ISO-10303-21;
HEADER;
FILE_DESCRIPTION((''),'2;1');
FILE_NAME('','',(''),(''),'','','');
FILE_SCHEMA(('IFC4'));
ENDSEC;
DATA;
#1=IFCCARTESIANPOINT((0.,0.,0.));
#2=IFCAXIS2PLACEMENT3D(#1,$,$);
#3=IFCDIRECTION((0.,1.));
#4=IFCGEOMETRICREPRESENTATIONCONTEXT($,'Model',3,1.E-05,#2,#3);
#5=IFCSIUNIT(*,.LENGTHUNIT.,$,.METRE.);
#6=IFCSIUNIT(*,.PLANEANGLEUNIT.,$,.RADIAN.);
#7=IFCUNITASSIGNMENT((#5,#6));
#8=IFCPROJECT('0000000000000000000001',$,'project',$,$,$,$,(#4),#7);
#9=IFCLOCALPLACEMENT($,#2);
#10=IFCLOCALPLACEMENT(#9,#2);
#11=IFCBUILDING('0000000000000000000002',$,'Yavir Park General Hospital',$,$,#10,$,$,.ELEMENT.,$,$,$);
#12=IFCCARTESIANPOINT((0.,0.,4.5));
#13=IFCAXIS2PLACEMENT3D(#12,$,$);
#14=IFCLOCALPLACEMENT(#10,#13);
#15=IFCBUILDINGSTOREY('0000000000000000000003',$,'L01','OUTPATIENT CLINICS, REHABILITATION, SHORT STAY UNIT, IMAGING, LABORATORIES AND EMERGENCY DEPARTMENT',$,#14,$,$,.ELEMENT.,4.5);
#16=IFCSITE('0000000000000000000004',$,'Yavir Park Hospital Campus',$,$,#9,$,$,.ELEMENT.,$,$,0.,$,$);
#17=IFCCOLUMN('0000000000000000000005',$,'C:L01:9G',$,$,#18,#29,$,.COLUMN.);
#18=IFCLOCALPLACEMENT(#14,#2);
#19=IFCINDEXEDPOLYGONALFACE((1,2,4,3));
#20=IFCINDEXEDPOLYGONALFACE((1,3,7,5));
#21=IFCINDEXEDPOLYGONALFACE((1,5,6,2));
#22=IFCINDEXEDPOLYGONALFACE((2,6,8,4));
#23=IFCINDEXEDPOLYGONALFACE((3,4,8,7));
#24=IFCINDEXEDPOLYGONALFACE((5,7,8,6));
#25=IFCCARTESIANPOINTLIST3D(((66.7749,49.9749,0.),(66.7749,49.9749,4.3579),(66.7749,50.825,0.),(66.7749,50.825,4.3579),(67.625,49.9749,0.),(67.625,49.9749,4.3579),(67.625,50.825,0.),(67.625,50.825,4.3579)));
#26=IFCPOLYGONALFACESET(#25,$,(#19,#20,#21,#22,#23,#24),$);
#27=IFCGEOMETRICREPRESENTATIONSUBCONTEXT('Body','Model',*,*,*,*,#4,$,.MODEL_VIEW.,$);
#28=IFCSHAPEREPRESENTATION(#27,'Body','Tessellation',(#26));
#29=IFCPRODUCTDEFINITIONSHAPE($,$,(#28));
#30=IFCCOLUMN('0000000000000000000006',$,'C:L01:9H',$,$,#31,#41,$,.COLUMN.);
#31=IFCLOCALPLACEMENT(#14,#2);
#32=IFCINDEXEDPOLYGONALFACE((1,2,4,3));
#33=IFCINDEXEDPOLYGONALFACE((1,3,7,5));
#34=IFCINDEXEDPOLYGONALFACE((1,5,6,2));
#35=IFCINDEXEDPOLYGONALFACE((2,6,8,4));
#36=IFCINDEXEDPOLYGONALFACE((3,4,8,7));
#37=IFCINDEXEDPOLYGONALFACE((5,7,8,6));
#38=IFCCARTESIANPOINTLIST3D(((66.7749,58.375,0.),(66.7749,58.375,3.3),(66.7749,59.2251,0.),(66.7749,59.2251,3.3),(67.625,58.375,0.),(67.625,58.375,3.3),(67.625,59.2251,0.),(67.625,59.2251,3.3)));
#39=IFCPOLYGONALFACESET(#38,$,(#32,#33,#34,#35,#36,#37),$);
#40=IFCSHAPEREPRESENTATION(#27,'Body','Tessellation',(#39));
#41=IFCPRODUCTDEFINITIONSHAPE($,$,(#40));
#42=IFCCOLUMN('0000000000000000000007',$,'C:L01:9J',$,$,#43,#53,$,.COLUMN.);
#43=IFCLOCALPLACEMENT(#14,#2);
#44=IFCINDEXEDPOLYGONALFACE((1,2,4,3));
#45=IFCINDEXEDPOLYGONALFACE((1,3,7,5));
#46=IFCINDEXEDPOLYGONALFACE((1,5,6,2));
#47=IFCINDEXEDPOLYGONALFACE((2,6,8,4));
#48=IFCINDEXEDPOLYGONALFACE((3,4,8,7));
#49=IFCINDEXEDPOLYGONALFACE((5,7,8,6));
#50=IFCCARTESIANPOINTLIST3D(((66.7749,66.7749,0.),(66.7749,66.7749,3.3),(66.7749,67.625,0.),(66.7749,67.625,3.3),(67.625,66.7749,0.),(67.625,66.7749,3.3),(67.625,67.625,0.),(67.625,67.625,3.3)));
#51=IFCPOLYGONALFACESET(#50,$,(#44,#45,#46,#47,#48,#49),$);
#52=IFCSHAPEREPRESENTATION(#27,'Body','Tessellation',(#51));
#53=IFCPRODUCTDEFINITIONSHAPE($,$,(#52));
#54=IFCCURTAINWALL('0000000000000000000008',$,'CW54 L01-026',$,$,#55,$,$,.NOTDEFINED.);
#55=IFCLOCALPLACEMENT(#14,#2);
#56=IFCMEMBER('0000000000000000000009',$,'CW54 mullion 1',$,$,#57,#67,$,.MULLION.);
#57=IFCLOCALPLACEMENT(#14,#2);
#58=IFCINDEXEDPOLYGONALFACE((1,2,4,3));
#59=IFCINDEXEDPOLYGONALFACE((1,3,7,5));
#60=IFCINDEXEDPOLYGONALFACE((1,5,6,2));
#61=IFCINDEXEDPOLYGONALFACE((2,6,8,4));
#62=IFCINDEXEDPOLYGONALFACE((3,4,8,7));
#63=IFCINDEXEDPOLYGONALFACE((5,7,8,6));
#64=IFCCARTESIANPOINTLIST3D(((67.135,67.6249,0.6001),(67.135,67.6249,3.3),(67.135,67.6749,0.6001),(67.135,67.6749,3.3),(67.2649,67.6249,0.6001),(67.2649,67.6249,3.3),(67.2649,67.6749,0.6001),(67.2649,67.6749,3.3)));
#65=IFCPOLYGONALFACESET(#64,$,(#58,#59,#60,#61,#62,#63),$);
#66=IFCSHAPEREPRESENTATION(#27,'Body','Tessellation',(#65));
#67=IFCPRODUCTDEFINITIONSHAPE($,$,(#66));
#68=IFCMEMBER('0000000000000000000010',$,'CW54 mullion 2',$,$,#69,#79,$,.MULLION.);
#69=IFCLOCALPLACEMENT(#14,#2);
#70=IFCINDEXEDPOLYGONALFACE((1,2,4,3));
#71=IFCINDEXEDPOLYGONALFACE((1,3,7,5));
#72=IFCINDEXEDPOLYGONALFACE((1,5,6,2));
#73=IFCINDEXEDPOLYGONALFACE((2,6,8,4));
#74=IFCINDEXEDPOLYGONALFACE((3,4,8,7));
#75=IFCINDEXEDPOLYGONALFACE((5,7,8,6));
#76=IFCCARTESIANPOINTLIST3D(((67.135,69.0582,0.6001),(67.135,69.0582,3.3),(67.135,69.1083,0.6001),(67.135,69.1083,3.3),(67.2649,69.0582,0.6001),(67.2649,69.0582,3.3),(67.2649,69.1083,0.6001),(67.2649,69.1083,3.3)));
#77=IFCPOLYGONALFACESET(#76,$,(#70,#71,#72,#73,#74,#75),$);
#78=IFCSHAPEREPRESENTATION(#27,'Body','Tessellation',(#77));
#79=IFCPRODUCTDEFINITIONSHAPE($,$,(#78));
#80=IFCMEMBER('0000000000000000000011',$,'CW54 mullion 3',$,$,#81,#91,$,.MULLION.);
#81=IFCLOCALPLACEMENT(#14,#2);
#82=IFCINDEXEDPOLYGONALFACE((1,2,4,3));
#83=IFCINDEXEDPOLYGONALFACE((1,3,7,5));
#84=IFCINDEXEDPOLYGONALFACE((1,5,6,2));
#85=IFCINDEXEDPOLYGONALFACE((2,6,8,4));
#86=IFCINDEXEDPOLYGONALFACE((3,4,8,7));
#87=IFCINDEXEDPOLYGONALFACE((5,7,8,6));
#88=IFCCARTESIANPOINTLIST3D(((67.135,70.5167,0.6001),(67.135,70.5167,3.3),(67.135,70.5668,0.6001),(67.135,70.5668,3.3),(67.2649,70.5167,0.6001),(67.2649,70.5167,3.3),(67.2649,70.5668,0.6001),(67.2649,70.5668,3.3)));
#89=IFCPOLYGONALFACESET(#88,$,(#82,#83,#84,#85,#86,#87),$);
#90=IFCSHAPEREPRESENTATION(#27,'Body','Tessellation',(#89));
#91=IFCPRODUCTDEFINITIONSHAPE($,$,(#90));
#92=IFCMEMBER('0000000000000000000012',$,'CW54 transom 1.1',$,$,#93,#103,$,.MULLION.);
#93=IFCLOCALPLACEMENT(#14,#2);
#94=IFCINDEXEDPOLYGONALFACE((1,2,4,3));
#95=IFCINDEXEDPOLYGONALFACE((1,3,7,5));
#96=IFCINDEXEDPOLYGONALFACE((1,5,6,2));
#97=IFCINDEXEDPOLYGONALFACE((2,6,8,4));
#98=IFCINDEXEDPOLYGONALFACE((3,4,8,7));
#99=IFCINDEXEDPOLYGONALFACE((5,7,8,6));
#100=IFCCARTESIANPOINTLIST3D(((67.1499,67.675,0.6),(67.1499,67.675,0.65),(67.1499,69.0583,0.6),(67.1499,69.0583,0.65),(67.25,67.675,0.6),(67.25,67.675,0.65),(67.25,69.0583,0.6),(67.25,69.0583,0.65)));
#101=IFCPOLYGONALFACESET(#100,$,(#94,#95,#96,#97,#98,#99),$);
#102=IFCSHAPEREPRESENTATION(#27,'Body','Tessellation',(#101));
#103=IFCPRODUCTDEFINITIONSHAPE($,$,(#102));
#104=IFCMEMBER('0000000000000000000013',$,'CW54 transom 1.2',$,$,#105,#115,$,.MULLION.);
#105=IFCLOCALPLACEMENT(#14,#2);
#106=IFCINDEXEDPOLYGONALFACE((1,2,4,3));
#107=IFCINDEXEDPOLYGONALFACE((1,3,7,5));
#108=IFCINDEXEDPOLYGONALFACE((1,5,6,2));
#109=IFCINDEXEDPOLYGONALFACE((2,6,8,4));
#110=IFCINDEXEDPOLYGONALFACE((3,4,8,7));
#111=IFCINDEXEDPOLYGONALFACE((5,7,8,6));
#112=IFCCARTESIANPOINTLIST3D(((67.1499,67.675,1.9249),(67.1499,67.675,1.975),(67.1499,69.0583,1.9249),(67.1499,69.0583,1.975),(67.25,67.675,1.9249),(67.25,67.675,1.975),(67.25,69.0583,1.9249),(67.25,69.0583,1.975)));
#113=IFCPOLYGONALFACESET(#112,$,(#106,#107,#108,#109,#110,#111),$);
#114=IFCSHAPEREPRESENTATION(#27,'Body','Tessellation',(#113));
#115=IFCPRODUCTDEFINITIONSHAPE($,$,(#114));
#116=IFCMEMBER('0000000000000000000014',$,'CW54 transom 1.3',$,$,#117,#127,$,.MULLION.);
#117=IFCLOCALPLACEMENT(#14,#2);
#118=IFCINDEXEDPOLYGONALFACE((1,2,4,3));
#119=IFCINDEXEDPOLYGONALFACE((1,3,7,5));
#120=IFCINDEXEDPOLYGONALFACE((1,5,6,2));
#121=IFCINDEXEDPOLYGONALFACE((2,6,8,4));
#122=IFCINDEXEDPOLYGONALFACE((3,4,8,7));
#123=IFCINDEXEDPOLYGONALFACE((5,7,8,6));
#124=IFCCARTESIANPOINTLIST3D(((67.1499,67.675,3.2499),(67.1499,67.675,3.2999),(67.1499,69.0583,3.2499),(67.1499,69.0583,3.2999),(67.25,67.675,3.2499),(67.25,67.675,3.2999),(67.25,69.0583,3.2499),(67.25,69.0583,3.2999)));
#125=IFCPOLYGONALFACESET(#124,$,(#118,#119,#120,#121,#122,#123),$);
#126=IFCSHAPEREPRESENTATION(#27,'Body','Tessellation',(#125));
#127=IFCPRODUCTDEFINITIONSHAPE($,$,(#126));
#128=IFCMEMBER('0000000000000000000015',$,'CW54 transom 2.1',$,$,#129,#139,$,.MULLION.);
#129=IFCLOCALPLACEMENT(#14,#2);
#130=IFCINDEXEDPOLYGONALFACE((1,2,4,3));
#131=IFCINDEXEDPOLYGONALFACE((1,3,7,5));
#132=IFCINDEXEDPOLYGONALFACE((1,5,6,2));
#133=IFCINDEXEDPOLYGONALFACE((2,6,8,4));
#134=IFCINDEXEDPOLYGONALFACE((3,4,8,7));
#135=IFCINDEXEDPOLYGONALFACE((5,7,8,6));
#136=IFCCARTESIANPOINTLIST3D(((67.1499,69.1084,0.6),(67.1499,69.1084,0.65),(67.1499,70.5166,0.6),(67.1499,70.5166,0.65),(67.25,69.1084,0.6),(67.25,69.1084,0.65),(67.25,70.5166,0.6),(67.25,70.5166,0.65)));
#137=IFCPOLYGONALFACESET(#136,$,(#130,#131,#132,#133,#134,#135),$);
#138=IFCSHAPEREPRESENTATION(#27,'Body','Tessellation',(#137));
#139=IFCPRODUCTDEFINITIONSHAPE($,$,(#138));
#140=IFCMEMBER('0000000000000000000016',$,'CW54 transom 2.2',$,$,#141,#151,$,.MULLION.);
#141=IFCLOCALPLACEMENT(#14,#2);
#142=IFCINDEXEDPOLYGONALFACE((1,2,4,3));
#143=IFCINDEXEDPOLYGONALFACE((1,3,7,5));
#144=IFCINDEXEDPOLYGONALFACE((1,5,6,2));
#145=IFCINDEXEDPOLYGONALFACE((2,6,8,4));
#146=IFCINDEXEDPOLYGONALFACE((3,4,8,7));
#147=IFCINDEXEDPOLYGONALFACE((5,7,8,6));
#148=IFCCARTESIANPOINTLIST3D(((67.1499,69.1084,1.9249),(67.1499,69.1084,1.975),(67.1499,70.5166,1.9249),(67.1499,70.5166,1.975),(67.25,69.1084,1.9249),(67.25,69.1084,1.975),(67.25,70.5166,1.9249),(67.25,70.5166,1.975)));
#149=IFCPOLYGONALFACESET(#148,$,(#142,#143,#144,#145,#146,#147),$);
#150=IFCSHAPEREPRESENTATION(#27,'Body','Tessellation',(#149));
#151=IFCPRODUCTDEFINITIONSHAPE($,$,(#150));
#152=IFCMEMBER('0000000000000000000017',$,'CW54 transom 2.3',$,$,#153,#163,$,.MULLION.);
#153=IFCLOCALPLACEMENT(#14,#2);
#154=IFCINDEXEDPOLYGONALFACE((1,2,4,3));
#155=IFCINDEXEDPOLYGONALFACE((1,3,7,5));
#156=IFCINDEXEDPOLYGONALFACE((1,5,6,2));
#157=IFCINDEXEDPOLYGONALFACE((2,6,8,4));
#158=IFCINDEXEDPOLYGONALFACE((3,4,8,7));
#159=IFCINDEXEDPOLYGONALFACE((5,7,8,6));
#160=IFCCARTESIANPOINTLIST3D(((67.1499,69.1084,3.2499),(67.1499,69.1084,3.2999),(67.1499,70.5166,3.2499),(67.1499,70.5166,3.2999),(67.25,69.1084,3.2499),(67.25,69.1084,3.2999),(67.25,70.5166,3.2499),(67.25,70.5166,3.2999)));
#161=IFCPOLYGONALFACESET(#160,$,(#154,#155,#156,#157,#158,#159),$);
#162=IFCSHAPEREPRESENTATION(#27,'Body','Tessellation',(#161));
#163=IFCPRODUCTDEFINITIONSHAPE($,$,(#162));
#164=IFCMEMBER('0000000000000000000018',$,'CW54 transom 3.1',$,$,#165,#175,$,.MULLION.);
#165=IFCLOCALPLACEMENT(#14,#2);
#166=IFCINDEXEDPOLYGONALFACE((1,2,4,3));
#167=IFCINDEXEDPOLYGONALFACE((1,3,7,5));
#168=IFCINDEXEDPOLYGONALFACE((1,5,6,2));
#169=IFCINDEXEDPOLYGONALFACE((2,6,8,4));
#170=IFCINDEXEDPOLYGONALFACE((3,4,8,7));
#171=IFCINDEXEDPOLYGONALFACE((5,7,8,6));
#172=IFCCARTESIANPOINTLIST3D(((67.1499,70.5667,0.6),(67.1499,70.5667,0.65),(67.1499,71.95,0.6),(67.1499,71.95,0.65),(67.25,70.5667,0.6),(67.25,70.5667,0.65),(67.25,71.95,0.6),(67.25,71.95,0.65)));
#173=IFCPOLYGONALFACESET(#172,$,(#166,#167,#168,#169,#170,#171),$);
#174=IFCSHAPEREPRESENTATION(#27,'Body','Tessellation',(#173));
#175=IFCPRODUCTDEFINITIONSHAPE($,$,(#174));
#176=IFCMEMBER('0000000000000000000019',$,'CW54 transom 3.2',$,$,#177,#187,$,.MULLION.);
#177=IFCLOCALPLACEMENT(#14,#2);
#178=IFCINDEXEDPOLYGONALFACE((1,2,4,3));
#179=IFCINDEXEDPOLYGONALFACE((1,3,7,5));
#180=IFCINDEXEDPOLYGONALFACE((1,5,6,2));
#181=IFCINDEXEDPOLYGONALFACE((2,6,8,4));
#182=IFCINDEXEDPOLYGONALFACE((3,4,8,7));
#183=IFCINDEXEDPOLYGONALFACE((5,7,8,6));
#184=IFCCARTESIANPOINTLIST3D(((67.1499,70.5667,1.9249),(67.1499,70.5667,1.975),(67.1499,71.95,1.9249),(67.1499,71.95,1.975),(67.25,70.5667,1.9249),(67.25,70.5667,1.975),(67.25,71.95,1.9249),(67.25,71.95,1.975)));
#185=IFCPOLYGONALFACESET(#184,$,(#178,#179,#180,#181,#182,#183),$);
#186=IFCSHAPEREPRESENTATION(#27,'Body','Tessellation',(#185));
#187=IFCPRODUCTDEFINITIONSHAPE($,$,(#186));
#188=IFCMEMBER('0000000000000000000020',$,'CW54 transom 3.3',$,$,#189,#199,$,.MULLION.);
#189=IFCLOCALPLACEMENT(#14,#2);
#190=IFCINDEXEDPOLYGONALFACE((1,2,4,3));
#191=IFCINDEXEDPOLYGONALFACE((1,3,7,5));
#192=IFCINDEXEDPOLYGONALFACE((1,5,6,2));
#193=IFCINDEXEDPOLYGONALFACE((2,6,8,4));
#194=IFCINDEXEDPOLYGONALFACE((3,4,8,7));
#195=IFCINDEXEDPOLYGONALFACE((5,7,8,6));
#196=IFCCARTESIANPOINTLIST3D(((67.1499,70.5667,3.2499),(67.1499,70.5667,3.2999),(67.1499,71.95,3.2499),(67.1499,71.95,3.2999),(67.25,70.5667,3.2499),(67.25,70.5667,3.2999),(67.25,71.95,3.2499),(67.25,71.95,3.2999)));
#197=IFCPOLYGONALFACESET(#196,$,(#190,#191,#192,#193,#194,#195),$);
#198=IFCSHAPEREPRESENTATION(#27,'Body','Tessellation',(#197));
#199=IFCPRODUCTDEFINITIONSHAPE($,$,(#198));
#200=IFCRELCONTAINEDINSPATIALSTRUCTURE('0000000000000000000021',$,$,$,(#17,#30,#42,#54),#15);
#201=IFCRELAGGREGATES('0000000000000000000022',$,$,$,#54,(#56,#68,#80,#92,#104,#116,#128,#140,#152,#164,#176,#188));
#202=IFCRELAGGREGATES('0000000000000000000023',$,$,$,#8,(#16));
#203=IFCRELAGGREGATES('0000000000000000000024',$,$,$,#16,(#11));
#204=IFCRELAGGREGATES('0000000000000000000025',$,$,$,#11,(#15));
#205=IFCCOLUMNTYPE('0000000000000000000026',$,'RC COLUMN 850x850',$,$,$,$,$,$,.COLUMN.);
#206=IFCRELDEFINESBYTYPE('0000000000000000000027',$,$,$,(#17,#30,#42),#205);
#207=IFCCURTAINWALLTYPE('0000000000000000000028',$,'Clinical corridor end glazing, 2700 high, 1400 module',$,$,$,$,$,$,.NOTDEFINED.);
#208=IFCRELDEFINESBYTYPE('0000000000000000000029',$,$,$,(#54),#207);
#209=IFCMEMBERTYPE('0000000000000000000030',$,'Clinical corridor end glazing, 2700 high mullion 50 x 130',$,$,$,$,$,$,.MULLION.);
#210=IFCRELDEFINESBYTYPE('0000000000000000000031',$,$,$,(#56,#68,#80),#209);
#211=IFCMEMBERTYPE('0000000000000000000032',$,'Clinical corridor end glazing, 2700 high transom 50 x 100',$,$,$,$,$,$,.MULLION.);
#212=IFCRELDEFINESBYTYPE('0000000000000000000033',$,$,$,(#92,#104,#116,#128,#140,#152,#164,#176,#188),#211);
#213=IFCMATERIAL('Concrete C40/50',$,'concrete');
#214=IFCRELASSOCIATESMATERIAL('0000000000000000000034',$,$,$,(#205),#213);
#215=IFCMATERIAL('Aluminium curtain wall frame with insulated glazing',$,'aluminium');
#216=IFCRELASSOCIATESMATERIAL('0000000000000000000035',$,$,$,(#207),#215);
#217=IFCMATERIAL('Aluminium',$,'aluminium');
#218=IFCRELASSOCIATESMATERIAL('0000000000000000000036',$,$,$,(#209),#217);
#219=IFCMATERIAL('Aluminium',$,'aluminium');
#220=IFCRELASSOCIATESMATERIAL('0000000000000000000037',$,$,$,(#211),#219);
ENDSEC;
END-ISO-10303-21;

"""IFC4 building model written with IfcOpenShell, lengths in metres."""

from ifc_helpers import new_model, si_unit, direction, frame, origin, origin_2d, place, context, subcontext, project, spatial, rectangle, extrude, material, material_profile, profile_set, type_object, element, aggregate, save


model = new_model("IFC4")

# Units and contexts
model_context = context("Model", 3, precision=1e-05, world=origin(), true_north=direction((0.0, 1.0)))
body_context = subcontext(model_context, "Body", "Model", "MODEL_VIEW")
ifc_project = project(units=[si_unit("LENGTHUNIT", "METRE"), si_unit("PLANEANGLEUNIT", "RADIAN")], contexts=[model_context])

# Site, building, storey
site_placement = place(None, origin())
site = spatial("IfcSite", under=ifc_project, at=site_placement, Name="Yavir Park Hospital Campus", CompositionType="ELEMENT", RefElevation=0.0)
building_placement = place(site_placement, origin())
building = spatial("IfcBuilding", under=site, at=building_placement, Name="Yavir Park General Hospital", CompositionType="ELEMENT")
storey_placement = place(building_placement, frame((0.0, 0.0, 4.5)))
storey = spatial("IfcBuildingStorey", under=building, at=storey_placement, Name="L01", Description="OUTPATIENT CLINICS, REHABILITATION, SHORT STAY UNIT, IMAGING, LABORATORIES AND EMERGENCY DEPARTMENT", CompositionType="ELEMENT", Elevation=4.5)

# Columns
ifc_material_1 = material(Name="Concrete C40/50", Category="concrete")
ifc_material_profile_1 = material_profile(ifc_material_1, rectangle(XDim=0.8501, YDim=0.8501, at=origin_2d()), Name="RC850x850")
ifc_profile_set_1 = profile_set([ifc_material_profile_1], Name="Concrete C40/50")
column_type = type_object("IfcColumnType", Name="RC COLUMN 850x850", PredefinedType="COLUMN", material=ifc_profile_set_1)
column_placement = place(storey_placement, frame((67.2, 50.3999, 0.0), z_axis=(0.0, 0.0, 1.0), x_axis=(1.0, 0.0, 0.0)))
element("IfcColumn", 1, at=column_placement, inside=storey, type_object=column_type, Name="C:L01:9G", PredefinedType="COLUMN", context=body_context, shape_type="SweptSolid", body=[
    extrude(rectangle(XDim=0.8501, YDim=0.8501, at=origin_2d()), origin(), (0.0, 0.0, 1.0), 4.3579),
])
for number, where, z_axis, x_axis, name in (
    (2, (67.2, 58.8, 0.0), (0.0, 0.0, 1.0), (1.0, 0.0, 0.0), "C:L01:9H"),
    (3, (67.2, 67.2, 0.0), (0.0, 0.0, 1.0), (1.0, 0.0, 0.0), "C:L01:9J"),
):
    element("IfcColumn", number, at=place(storey_placement, frame(where, z_axis=z_axis, x_axis=x_axis)), inside=storey, type_object=column_type, Name=name, PredefinedType="COLUMN", context=body_context, shape_type="SweptSolid", body=[
        extrude(rectangle(XDim=0.8501, YDim=0.8501, at=origin_2d()), origin(), (0.0, 0.0, 1.0), 3.3),
    ])

# Curtain wall, members
ifc_material_2 = material(Name="Aluminium curtain wall frame with insulated glazing", Category="aluminium")
curtain_wall_type = type_object("IfcCurtainWallType", Name="Clinical corridor end glazing, 2700 high, 1400 module", PredefinedType="NOTDEFINED", material=ifc_material_2)
curtain_wall_placement = place(storey_placement, origin())
curtain_wall = element("IfcCurtainWall", 4, at=curtain_wall_placement, inside=storey, type_object=curtain_wall_type, Name="CW54 L01-026", PredefinedType="NOTDEFINED")
ifc_material_3 = material(Name="Aluminium", Category="aluminium")
ifc_material_profile_2 = material_profile(ifc_material_3, rectangle(XDim=0.1299, YDim=0.05, at=origin_2d()), Name="AL 50x130")
ifc_profile_set_2 = profile_set([ifc_material_profile_2], Name="Aluminium")
member_type_1 = type_object("IfcMemberType", Name="Clinical corridor end glazing, 2700 high mullion 50 x 130", PredefinedType="MULLION", material=ifc_profile_set_2)
member_1_placement = place(storey_placement, frame((67.2, 67.6499, 0.6001), z_axis=(0.0, 0.0, 1.0), x_axis=(-1.0, 0.0, 0.0)))
member_1 = element("IfcMember", 5, at=member_1_placement, type_object=member_type_1, Name="CW54 mullion 1", PredefinedType="MULLION", context=body_context, shape_type="SweptSolid", body=[
    extrude(rectangle(XDim=0.1299, YDim=0.05, at=origin_2d()), origin(), (0.0, 0.0, 1.0), 2.7),
])
member_2_placement = place(storey_placement, frame((67.2, 69.0833, 0.6001), z_axis=(0.0, 0.0, 1.0), x_axis=(-1.0, 0.0, 0.0)))
member_2 = element("IfcMember", 6, at=member_2_placement, type_object=member_type_1, Name="CW54 mullion 2", PredefinedType="MULLION", context=body_context, shape_type="SweptSolid", body=[
    extrude(rectangle(XDim=0.1299, YDim=0.05, at=origin_2d()), origin(), (0.0, 0.0, 1.0), 2.7),
])
member_3_placement = place(storey_placement, frame((67.2, 70.5417, 0.6001), z_axis=(0.0, 0.0, 1.0), x_axis=(-1.0, 0.0, 0.0)))
member_3 = element("IfcMember", 7, at=member_3_placement, type_object=member_type_1, Name="CW54 mullion 3", PredefinedType="MULLION", context=body_context, shape_type="SweptSolid", body=[
    extrude(rectangle(XDim=0.1299, YDim=0.05, at=origin_2d()), origin(), (0.0, 0.0, 1.0), 2.7),
])
ifc_material_4 = material(Name="Aluminium", Category="aluminium")
ifc_material_profile_3 = material_profile(ifc_material_4, rectangle(XDim=0.1001, YDim=0.05, at=origin_2d()), Name="AL 100x50")
ifc_profile_set_3 = profile_set([ifc_material_profile_3], Name="Aluminium")
member_type_2 = type_object("IfcMemberType", Name="Clinical corridor end glazing, 2700 high transom 50 x 100", PredefinedType="MULLION", material=ifc_profile_set_3)
member_4_placement = place(storey_placement, frame((67.2, 67.675, 0.625), z_axis=(0.0, 1.0, 0.0), x_axis=(-1.0, 0.0, 0.0)))
member_4 = element("IfcMember", 8, at=member_4_placement, type_object=member_type_2, Name="CW54 transom 1.1", PredefinedType="MULLION", context=body_context, shape_type="SweptSolid", body=[
    extrude(rectangle(XDim=0.1001, YDim=0.05, at=origin_2d()), origin(), (0.0, 0.0, 1.0), 1.3833),
])
member_5_placement = place(storey_placement, frame((67.2, 67.675, 1.95), z_axis=(0.0, 1.0, 0.0), x_axis=(-1.0, 0.0, 0.0)))
member_5 = element("IfcMember", 9, at=member_5_placement, type_object=member_type_2, Name="CW54 transom 1.2", PredefinedType="MULLION", context=body_context, shape_type="SweptSolid", body=[
    extrude(rectangle(XDim=0.1001, YDim=0.05, at=origin_2d()), origin(), (0.0, 0.0, 1.0), 1.3833),
])
member_6_placement = place(storey_placement, frame((67.2, 67.675, 3.2749), z_axis=(0.0, 1.0, 0.0), x_axis=(-1.0, 0.0, 0.0)))
member_6 = element("IfcMember", 10, at=member_6_placement, type_object=member_type_2, Name="CW54 transom 1.3", PredefinedType="MULLION", context=body_context, shape_type="SweptSolid", body=[
    extrude(rectangle(XDim=0.1001, YDim=0.05, at=origin_2d()), origin(), (0.0, 0.0, 1.0), 1.3833),
])
member_7_placement = place(storey_placement, frame((67.2, 69.1084, 0.625), z_axis=(0.0, 1.0, 0.0), x_axis=(-1.0, 0.0, 0.0)))
member_7 = element("IfcMember", 11, at=member_7_placement, type_object=member_type_2, Name="CW54 transom 2.1", PredefinedType="MULLION", context=body_context, shape_type="SweptSolid", body=[
    extrude(rectangle(XDim=0.1001, YDim=0.05, at=origin_2d()), origin(), (0.0, 0.0, 1.0), 1.4082),
])
member_8_placement = place(storey_placement, frame((67.2, 69.1084, 1.95), z_axis=(0.0, 1.0, 0.0), x_axis=(-1.0, 0.0, 0.0)))
member_8 = element("IfcMember", 12, at=member_8_placement, type_object=member_type_2, Name="CW54 transom 2.2", PredefinedType="MULLION", context=body_context, shape_type="SweptSolid", body=[
    extrude(rectangle(XDim=0.1001, YDim=0.05, at=origin_2d()), origin(), (0.0, 0.0, 1.0), 1.4082),
])
member_9_placement = place(storey_placement, frame((67.2, 69.1084, 3.2749), z_axis=(0.0, 1.0, 0.0), x_axis=(-1.0, 0.0, 0.0)))
member_9 = element("IfcMember", 13, at=member_9_placement, type_object=member_type_2, Name="CW54 transom 2.3", PredefinedType="MULLION", context=body_context, shape_type="SweptSolid", body=[
    extrude(rectangle(XDim=0.1001, YDim=0.05, at=origin_2d()), origin(), (0.0, 0.0, 1.0), 1.4082),
])
member_10_placement = place(storey_placement, frame((67.2, 70.5667, 0.625), z_axis=(0.0, 1.0, 0.0), x_axis=(-1.0, 0.0, 0.0)))
member_10 = element("IfcMember", 14, at=member_10_placement, type_object=member_type_2, Name="CW54 transom 3.1", PredefinedType="MULLION", context=body_context, shape_type="SweptSolid", body=[
    extrude(rectangle(XDim=0.1001, YDim=0.05, at=origin_2d()), origin(), (0.0, 0.0, 1.0), 1.3833),
])
member_11_placement = place(storey_placement, frame((67.2, 70.5667, 1.95), z_axis=(0.0, 1.0, 0.0), x_axis=(-1.0, 0.0, 0.0)))
member_11 = element("IfcMember", 15, at=member_11_placement, type_object=member_type_2, Name="CW54 transom 3.2", PredefinedType="MULLION", context=body_context, shape_type="SweptSolid", body=[
    extrude(rectangle(XDim=0.1001, YDim=0.05, at=origin_2d()), origin(), (0.0, 0.0, 1.0), 1.3833),
])
member_12_placement = place(storey_placement, frame((67.2, 70.5667, 3.2749), z_axis=(0.0, 1.0, 0.0), x_axis=(-1.0, 0.0, 0.0)))
member_12 = element("IfcMember", 16, at=member_12_placement, type_object=member_type_2, Name="CW54 transom 3.3", PredefinedType="MULLION", context=body_context, shape_type="SweptSolid", body=[
    extrude(rectangle(XDim=0.1001, YDim=0.05, at=origin_2d()), origin(), (0.0, 0.0, 1.0), 1.3833),
])
aggregate(curtain_wall, [member_1, member_2, member_3, member_4, member_5, member_6, member_7, member_8, member_9, member_10, member_11, member_12])

save(model, "model.ifc")
